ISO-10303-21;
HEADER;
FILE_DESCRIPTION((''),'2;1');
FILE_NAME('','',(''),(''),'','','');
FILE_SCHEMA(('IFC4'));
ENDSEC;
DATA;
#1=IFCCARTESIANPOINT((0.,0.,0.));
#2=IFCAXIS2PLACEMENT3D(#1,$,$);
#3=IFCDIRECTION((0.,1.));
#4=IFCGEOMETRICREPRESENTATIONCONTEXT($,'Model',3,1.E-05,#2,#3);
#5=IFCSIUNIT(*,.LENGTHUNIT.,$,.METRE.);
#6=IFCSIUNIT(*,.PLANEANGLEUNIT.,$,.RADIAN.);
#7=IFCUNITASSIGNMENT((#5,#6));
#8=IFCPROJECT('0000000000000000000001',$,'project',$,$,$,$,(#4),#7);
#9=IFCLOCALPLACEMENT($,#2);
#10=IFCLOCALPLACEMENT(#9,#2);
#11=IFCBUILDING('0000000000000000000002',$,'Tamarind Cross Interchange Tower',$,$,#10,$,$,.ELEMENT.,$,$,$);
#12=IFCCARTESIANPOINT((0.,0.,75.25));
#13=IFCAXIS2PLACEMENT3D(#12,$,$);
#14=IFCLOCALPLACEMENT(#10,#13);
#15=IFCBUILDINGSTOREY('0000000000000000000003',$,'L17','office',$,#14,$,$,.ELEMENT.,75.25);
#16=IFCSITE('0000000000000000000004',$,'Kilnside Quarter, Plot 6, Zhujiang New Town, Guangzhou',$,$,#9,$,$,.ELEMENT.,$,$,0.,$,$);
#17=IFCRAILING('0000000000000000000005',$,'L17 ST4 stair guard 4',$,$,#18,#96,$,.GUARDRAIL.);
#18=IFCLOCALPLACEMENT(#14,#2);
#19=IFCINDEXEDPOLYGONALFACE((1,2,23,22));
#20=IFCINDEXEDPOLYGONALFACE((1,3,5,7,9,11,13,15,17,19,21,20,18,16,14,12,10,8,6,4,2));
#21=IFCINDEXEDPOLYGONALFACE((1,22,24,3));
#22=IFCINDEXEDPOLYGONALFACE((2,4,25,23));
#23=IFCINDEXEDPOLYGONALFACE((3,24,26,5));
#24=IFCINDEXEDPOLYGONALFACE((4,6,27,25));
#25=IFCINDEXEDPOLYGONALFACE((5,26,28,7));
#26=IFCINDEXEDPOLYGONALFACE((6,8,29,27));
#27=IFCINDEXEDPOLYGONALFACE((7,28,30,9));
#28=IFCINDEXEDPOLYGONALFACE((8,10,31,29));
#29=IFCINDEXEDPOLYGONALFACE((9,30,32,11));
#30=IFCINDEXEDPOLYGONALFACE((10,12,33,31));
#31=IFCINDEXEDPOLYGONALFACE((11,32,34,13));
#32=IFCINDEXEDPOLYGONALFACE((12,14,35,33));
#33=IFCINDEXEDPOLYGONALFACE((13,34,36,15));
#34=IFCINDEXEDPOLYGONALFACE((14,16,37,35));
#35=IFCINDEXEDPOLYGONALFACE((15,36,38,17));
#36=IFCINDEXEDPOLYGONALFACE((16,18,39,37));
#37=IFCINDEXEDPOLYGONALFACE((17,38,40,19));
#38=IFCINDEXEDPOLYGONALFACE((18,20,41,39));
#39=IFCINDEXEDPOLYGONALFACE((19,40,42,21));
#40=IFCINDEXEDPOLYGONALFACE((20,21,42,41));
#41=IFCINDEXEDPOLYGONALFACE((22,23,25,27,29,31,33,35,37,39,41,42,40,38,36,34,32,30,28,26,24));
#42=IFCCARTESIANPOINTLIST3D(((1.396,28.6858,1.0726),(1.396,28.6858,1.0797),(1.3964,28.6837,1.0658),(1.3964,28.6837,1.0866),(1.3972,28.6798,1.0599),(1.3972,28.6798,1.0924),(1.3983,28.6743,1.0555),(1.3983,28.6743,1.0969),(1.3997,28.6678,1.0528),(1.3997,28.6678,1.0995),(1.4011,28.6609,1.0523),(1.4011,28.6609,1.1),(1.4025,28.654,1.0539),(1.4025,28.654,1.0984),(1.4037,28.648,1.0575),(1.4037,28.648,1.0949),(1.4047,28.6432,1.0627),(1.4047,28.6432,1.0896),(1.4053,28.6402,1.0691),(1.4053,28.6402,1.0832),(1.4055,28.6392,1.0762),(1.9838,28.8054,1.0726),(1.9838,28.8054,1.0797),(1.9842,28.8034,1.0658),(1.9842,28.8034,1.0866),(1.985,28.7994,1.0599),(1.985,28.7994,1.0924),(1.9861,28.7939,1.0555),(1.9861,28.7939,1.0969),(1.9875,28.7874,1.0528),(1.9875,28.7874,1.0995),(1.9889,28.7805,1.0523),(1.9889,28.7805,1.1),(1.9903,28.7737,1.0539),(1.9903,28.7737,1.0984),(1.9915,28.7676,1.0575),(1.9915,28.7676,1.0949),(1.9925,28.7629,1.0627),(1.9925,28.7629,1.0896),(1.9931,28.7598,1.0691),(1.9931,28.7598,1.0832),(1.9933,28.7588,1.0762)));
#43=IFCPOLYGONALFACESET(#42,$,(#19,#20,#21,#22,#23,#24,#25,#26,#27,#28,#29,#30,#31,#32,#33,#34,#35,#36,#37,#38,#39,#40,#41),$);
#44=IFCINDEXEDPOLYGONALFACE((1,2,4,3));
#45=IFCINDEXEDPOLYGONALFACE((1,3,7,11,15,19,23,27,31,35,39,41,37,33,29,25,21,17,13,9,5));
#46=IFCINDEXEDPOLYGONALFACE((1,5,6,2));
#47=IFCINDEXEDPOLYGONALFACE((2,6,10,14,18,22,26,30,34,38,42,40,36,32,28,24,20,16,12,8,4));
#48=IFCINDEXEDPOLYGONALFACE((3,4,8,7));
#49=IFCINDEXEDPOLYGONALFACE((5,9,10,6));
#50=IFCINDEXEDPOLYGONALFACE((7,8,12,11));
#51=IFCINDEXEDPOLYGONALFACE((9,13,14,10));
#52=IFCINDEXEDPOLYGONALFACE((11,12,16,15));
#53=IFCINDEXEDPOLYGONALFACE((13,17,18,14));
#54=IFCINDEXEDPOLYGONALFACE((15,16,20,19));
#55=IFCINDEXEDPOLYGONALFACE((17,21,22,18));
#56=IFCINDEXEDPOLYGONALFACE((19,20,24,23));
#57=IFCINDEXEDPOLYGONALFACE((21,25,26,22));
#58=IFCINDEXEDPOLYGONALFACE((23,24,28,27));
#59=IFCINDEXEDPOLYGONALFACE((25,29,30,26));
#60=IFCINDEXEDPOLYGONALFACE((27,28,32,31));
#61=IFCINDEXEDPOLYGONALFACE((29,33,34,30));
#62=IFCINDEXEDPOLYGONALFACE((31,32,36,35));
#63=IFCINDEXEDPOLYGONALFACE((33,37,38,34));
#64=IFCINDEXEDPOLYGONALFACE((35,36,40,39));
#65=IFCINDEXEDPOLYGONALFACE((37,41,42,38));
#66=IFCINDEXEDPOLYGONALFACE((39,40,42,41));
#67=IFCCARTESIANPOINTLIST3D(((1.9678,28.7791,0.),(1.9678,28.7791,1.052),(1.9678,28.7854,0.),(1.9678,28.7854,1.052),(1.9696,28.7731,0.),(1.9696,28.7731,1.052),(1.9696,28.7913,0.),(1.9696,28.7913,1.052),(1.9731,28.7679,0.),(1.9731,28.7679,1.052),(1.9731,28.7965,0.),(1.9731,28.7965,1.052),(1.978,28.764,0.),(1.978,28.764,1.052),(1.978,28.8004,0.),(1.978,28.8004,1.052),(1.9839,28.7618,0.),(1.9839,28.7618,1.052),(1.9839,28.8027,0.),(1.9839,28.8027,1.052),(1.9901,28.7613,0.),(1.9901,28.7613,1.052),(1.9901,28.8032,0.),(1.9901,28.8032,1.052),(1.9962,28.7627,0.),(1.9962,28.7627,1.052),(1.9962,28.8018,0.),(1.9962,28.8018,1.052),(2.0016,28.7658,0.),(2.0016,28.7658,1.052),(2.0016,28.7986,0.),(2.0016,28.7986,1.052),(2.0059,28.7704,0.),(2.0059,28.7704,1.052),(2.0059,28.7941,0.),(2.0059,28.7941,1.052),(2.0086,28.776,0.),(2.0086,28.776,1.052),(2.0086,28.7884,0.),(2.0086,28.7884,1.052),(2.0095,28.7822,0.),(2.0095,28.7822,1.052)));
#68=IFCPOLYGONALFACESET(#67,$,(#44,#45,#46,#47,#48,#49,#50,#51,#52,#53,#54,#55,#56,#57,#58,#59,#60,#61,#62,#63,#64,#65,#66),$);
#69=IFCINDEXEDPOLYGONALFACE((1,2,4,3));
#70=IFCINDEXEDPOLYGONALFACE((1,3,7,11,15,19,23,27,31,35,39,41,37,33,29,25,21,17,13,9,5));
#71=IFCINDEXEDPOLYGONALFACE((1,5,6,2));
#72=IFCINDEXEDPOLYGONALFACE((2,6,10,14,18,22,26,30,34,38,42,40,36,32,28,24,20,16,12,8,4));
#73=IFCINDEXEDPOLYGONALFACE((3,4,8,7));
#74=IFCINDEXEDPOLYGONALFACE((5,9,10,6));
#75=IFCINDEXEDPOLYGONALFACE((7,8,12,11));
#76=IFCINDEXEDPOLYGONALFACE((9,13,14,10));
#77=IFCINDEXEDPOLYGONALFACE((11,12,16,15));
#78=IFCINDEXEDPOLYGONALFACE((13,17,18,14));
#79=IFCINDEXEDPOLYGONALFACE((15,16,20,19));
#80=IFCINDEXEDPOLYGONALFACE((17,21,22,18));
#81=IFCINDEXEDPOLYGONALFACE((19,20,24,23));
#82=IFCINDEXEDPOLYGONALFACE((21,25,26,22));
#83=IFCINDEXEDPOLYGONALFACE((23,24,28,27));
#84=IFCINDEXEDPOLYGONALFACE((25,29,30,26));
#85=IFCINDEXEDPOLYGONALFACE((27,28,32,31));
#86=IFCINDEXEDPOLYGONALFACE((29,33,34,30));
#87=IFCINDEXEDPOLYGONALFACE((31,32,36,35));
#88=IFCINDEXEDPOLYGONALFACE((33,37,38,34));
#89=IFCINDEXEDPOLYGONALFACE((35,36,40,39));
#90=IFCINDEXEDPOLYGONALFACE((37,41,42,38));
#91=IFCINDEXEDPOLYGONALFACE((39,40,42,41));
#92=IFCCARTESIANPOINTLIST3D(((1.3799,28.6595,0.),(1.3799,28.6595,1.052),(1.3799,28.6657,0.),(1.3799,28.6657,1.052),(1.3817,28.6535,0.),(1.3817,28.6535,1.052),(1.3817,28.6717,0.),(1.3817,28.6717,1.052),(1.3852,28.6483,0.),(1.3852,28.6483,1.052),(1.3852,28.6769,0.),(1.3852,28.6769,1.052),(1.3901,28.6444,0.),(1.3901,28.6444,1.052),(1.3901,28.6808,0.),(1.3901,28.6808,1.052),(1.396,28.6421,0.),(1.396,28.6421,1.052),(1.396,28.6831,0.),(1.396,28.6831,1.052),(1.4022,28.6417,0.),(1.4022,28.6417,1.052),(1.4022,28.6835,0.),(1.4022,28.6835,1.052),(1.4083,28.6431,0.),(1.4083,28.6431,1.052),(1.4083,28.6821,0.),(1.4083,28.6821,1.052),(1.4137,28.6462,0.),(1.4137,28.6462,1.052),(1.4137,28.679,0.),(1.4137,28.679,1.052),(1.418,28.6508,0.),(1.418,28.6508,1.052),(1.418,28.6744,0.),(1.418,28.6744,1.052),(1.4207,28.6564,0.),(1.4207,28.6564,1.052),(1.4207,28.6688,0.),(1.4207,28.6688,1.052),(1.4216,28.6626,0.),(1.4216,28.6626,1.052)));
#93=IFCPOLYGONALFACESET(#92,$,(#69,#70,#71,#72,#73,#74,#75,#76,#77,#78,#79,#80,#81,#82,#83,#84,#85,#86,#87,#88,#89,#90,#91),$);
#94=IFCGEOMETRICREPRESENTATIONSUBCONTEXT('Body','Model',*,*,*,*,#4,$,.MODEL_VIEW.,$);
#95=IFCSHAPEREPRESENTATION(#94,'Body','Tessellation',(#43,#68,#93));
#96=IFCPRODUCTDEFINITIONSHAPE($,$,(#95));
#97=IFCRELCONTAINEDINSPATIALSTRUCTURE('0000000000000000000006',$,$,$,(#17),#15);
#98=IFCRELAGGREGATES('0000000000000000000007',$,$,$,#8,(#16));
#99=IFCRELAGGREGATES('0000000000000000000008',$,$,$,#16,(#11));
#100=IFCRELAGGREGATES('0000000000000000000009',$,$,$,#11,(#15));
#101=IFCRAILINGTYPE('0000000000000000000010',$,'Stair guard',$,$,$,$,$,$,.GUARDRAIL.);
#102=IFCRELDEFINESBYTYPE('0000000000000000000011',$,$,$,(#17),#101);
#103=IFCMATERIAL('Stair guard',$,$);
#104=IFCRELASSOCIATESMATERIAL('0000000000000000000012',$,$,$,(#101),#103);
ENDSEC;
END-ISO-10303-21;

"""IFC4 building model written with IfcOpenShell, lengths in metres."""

from ifc_helpers import new_model, si_unit, direction, frame, origin, origin_2d, place, context, subcontext, project, spatial, circle, extrude, material, type_object, element, save


model = new_model("IFC4")

# Units and contexts
model_context = context("Model", 3, precision=1e-05, world=origin(), true_north=direction((0.0, 1.0)))
body_context = subcontext(model_context, "Body", "Model", "MODEL_VIEW")
ifc_project = project(units=[si_unit("LENGTHUNIT", "METRE"), si_unit("PLANEANGLEUNIT", "RADIAN")], contexts=[model_context])

# Site, building, storey
site_placement = place(None, origin())
site = spatial("IfcSite", under=ifc_project, at=site_placement, Name="Kilnside Quarter, Plot 6, Zhujiang New Town, Guangzhou", CompositionType="ELEMENT", RefElevation=0.0)
building_placement = place(site_placement, origin())
building = spatial("IfcBuilding", under=site, at=building_placement, Name="Tamarind Cross Interchange Tower", CompositionType="ELEMENT")
storey_placement = place(building_placement, frame((0.0, 0.0, 75.25)))
storey = spatial("IfcBuildingStorey", under=building, at=storey_placement, Name="L17", Description="office", CompositionType="ELEMENT", Elevation=75.25)

# Railing
ifc_material_1 = material(Name="Stair guard")
railing_type_1 = type_object("IfcRailingType", Name="Stair guard", PredefinedType="GUARDRAIL", material=ifc_material_1)
railing_1_placement = place(storey_placement, frame((1.9885, 28.7822, 0.0)))
element("IfcRailing", 1, at=railing_1_placement, inside=storey, type_object=railing_type_1, Name="L17 ST4 stair guard 4", PredefinedType="GUARDRAIL", context=body_context, shape_type="SweptSolid", body=[
    extrude(circle(Radius=0.0239, at=origin_2d()), frame((0.0, 0.0, 1.0762), z_axis=(-0.979918, -0.199402, 0.0), x_axis=(0.199402, -0.979918, 0.0)), (0.0, 0.0, 1.0), 0.5999),
    extrude(circle(Radius=0.021, at=origin_2d()), origin(), (0.0, 0.0, 1.0), 1.052),
    extrude(circle(Radius=0.021, at=origin_2d()), frame((-0.5879, -0.1196, 0.0)), (0.0, 0.0, 1.0), 1.052),
])

save(model, "model.ifc")
